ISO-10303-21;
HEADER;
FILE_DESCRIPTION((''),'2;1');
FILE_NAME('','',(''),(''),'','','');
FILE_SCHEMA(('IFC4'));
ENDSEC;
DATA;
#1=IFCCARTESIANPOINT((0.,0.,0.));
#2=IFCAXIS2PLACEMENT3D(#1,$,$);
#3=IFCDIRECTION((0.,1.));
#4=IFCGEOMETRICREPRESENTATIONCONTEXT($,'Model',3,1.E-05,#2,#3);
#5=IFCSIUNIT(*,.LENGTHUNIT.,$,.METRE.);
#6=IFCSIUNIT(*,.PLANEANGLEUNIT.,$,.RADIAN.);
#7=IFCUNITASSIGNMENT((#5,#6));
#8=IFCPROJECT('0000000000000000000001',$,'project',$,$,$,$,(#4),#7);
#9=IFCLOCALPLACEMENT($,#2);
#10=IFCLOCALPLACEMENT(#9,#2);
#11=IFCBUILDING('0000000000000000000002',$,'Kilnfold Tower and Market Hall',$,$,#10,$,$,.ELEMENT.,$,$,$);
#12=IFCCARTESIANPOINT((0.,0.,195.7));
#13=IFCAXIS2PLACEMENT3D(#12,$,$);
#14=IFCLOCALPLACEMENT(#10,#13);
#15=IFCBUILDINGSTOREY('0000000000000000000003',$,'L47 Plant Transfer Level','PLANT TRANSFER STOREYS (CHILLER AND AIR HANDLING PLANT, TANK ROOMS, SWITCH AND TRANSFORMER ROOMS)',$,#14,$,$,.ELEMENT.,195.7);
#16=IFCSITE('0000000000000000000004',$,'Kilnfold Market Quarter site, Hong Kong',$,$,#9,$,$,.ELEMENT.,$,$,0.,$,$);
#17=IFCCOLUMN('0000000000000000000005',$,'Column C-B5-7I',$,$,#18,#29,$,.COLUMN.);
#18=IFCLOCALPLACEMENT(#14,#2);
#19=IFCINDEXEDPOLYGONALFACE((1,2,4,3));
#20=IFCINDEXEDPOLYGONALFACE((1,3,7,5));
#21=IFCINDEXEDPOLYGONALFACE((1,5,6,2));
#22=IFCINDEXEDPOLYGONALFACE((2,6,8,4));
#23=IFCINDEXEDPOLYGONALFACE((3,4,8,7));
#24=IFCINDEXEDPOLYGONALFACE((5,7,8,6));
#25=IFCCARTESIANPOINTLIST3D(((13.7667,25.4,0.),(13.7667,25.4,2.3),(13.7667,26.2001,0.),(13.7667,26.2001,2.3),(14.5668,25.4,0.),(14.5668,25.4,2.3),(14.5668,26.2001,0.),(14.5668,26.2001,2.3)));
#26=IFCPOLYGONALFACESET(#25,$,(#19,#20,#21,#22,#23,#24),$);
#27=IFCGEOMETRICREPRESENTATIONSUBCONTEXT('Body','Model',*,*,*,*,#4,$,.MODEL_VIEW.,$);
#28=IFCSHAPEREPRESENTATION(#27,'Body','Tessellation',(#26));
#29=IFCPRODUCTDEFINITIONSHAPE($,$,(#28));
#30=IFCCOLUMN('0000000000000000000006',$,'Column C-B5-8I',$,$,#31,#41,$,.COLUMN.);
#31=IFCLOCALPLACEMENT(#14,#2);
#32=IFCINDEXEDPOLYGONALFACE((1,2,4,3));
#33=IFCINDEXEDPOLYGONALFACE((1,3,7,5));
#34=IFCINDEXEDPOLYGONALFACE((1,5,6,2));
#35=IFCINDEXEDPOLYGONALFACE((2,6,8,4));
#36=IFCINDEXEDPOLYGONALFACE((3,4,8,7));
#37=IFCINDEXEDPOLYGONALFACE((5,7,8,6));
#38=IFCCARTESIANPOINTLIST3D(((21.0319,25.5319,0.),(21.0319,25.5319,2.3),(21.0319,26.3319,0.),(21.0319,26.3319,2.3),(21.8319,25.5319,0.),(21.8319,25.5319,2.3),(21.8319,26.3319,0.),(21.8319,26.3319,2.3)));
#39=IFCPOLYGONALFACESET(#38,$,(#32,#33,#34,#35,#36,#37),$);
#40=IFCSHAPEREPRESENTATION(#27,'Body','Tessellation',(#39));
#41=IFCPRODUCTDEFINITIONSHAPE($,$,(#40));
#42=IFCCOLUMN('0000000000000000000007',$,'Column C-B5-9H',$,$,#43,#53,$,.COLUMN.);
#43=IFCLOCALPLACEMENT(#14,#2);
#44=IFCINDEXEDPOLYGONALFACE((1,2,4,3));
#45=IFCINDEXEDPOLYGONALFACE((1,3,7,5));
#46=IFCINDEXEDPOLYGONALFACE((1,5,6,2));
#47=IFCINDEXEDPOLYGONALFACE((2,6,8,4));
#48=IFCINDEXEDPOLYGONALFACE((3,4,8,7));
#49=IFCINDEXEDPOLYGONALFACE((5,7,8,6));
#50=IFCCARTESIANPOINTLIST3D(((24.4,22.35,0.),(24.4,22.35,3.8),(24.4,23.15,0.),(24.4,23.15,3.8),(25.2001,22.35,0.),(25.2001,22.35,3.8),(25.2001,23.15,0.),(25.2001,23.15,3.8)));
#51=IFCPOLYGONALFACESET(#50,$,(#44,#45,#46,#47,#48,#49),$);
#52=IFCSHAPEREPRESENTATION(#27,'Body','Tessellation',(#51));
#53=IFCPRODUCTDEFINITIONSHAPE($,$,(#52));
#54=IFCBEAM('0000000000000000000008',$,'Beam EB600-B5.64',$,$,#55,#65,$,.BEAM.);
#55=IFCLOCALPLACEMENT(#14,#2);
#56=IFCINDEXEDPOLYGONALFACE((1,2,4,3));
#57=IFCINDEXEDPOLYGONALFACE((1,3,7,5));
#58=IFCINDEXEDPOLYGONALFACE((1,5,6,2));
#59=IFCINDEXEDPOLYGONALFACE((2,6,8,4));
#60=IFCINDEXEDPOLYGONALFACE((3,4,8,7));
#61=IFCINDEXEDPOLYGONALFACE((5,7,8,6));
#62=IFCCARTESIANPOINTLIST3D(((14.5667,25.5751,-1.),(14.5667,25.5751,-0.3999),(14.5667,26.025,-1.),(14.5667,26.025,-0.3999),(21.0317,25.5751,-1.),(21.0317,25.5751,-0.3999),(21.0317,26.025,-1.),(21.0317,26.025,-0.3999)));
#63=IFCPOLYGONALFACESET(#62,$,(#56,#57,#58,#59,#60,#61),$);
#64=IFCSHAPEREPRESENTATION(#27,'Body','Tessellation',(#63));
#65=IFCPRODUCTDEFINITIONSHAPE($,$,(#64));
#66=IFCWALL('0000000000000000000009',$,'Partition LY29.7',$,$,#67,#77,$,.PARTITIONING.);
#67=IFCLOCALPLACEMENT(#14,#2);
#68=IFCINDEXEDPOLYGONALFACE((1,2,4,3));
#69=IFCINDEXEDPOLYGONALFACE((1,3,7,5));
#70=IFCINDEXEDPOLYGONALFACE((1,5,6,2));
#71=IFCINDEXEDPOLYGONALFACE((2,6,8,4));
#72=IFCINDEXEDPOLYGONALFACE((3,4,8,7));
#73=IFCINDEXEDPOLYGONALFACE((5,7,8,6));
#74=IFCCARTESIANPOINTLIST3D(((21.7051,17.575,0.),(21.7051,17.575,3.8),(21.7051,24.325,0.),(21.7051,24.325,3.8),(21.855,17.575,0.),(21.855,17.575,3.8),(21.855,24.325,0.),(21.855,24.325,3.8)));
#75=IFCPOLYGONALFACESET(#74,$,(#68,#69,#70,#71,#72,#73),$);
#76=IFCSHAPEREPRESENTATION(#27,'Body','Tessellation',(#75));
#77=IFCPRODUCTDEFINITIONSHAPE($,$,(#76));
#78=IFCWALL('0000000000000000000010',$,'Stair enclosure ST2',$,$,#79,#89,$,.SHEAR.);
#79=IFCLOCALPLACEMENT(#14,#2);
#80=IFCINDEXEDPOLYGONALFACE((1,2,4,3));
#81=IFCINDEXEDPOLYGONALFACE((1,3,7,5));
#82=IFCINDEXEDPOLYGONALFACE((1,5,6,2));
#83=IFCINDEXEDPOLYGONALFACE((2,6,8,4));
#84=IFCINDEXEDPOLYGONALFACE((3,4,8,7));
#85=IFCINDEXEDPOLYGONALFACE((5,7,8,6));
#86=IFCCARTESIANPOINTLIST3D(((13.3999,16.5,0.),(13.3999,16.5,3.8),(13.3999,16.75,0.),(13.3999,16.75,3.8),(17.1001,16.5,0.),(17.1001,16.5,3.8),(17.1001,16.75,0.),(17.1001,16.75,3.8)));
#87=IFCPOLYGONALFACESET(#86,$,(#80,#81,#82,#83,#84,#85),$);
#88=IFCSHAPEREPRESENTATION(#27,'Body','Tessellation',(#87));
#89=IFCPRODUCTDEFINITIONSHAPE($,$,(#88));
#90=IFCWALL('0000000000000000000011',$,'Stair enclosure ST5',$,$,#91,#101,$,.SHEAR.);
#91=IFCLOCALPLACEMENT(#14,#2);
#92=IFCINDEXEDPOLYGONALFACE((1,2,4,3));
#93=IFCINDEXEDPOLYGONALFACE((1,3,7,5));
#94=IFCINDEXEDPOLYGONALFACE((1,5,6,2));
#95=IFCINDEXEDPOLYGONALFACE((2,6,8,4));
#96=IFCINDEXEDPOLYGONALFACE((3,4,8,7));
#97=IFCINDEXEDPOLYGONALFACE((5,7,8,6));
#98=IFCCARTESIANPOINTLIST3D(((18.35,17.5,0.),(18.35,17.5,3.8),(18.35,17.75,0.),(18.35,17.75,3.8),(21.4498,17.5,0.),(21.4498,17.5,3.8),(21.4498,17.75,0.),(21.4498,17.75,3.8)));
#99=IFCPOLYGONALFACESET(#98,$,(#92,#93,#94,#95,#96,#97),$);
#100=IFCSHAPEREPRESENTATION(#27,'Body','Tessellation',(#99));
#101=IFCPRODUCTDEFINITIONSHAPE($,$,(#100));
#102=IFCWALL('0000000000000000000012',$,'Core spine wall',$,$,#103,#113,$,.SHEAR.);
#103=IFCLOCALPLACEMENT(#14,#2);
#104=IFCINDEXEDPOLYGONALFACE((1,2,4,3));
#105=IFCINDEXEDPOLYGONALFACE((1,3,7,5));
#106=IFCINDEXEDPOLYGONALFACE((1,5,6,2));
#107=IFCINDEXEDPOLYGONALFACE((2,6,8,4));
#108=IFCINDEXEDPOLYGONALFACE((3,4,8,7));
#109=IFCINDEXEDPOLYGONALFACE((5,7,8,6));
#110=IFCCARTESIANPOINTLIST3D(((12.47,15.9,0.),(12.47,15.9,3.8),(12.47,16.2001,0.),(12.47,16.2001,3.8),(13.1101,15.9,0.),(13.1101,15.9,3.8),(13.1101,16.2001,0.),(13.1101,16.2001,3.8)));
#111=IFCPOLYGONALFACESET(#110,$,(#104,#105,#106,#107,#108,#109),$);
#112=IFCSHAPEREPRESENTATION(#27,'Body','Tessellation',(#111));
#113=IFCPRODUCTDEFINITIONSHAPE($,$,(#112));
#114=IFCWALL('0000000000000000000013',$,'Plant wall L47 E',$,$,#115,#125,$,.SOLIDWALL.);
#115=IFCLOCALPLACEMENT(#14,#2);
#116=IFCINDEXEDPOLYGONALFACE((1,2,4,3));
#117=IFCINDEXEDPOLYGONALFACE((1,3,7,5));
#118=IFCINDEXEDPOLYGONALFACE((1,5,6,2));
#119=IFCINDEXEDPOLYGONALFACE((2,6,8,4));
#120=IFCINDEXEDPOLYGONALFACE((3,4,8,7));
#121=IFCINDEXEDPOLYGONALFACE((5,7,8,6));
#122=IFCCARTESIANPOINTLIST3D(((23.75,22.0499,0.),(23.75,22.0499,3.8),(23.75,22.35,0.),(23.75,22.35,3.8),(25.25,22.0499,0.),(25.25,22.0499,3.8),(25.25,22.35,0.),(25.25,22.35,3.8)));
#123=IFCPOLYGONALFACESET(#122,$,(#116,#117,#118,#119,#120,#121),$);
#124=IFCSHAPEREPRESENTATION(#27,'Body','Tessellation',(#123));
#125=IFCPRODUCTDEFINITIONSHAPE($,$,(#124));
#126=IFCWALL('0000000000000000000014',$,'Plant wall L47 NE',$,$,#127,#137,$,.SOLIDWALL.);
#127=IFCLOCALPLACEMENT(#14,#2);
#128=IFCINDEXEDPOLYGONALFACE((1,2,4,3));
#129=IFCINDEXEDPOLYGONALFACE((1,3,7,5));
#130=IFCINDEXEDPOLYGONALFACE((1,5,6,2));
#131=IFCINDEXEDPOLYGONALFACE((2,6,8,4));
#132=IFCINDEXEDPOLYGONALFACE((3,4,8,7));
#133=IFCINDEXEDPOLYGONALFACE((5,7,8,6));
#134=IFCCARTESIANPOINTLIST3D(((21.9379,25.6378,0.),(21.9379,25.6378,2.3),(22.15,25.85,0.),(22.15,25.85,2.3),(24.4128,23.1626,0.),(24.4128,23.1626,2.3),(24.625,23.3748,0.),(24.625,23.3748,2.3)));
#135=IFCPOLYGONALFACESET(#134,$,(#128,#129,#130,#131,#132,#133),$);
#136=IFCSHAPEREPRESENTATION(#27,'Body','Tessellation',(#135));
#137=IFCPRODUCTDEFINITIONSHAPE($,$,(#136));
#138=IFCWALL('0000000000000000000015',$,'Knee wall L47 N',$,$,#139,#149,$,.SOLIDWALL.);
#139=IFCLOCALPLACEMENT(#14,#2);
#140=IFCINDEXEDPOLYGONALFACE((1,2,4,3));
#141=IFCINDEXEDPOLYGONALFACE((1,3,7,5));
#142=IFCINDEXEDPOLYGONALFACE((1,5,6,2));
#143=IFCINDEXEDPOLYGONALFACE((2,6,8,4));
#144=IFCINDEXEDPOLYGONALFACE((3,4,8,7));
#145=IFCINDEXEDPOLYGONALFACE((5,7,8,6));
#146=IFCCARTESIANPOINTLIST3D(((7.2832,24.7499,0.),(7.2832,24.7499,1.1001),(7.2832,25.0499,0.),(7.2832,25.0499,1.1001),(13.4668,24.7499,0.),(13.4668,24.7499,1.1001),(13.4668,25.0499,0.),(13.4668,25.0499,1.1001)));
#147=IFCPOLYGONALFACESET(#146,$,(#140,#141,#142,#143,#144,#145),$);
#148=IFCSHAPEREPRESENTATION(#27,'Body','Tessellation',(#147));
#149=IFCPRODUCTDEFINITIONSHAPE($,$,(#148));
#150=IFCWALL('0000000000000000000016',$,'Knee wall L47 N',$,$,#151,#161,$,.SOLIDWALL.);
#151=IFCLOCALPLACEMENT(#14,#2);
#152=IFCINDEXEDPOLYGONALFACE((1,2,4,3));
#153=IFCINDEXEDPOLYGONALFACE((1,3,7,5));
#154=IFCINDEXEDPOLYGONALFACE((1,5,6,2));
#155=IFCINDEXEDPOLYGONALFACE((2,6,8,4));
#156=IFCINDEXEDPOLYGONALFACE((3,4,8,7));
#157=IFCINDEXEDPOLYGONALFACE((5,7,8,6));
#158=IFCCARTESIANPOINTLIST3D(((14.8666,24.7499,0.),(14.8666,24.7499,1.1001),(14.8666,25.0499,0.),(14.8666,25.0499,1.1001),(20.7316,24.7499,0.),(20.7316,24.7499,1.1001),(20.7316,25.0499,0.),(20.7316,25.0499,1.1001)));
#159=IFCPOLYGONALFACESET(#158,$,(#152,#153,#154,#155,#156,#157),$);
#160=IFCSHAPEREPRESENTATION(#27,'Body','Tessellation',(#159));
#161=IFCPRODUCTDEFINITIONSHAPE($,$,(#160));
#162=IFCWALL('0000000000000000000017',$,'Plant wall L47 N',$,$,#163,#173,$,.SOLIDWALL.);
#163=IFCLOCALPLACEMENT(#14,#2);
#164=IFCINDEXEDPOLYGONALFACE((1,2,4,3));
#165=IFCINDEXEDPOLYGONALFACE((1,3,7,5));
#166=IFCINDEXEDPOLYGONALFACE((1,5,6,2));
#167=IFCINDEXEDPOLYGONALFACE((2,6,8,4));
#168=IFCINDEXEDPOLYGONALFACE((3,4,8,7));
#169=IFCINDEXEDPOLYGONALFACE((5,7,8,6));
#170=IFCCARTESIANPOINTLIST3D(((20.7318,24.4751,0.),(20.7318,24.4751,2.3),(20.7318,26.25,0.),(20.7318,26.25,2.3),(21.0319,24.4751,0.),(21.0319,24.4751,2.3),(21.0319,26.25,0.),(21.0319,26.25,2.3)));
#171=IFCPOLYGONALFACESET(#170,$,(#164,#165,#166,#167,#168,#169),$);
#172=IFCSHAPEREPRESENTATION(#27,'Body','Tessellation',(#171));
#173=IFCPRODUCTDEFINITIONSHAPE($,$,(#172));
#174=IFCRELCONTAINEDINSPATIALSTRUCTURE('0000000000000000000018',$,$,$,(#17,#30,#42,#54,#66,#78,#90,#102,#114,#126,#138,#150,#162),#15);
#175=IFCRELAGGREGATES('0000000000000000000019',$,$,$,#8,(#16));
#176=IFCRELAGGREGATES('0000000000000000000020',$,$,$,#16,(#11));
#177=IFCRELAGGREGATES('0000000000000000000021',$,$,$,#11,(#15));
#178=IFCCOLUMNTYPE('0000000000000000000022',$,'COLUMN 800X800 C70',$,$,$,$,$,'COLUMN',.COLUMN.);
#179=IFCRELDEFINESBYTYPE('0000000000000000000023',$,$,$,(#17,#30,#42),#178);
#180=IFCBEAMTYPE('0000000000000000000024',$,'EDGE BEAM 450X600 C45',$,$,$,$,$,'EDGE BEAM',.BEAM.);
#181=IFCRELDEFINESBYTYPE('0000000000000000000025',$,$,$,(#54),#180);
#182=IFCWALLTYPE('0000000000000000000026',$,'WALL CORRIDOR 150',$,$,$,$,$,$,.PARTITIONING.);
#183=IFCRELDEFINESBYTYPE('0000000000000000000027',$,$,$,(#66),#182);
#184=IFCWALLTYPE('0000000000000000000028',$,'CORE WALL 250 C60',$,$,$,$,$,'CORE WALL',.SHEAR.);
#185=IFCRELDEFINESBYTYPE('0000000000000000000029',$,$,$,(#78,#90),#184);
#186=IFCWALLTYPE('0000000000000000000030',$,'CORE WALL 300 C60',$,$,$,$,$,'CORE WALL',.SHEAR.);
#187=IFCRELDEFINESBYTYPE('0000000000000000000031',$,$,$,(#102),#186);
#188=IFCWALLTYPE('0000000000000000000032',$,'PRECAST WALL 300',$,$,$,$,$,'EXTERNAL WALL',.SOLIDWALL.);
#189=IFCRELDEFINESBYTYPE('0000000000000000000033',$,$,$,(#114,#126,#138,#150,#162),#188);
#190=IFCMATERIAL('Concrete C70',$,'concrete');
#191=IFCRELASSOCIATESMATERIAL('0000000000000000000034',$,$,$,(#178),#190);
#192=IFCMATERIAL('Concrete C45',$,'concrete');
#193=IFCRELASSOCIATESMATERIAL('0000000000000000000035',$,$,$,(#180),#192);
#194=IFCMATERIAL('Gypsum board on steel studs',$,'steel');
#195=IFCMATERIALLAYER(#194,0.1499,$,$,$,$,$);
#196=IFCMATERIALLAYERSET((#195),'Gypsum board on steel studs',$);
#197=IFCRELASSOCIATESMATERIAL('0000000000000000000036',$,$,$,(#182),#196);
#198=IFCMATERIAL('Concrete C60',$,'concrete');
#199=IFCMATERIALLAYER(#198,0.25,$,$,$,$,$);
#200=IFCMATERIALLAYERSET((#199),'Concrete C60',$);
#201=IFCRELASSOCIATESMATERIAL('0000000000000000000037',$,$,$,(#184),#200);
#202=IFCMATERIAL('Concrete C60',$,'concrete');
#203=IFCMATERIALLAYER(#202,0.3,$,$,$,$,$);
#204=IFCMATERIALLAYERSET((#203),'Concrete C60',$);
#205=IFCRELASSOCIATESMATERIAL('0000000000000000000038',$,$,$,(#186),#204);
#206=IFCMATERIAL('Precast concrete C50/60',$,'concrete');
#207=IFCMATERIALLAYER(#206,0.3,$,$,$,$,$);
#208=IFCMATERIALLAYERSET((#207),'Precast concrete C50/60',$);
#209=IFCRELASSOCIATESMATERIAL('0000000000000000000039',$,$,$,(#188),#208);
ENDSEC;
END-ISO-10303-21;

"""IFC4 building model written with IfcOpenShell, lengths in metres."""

from ifc_helpers import new_model, si_unit, direction, frame, frame_2d, origin, origin_2d, place, context, subcontext, project, spatial, rectangle, extrude, source, transform, mapped, material, layer, layer_set, material_profile, profile_set, type_object, element, save


model = new_model("IFC4")

# Units and contexts
model_context = context("Model", 3, precision=1e-05, world=origin(), true_north=direction((0.0, 1.0)))
body_context = subcontext(model_context, "Body", "Model", "MODEL_VIEW")
ifc_project = project(units=[si_unit("LENGTHUNIT", "METRE"), si_unit("PLANEANGLEUNIT", "RADIAN")], contexts=[model_context])

# Site, building, storey
site_placement = place(None, origin())
site = spatial("IfcSite", under=ifc_project, at=site_placement, Name="Kilnfold Market Quarter site, Hong Kong", CompositionType="ELEMENT", RefElevation=0.0)
building_placement = place(site_placement, origin())
building = spatial("IfcBuilding", under=site, at=building_placement, Name="Kilnfold Tower and Market Hall", CompositionType="ELEMENT")
storey_placement = place(building_placement, frame((0.0, 0.0, 195.7)))
storey = spatial("IfcBuildingStorey", under=building, at=storey_placement, Name="L47 Plant Transfer Level", Description="PLANT TRANSFER STOREYS (CHILLER AND AIR HANDLING PLANT, TANK ROOMS, SWITCH AND TRANSFORMER ROOMS)", CompositionType="ELEMENT", Elevation=195.7)

# Columns
ifc_material_1 = material(Name="Concrete C70", Category="concrete")
ifc_material_profile_1 = material_profile(ifc_material_1, rectangle(XDim=0.8, YDim=0.8, at=origin_2d()), Name="RC 800x800")
ifc_profile_set_1 = profile_set([ifc_material_profile_1], Name="Concrete C70")
column_type = type_object("IfcColumnType", Name="COLUMN 800X800 C70", ElementType="COLUMN", PredefinedType="COLUMN", material=ifc_profile_set_1)
shared_shape_1 = source(origin(), body_context, "Body", "SweptSolid", [
    extrude(rectangle(XDim=0.8, YDim=0.8, at=origin_2d()), origin(), (0.0, 0.0, 1.0), 2.3),
])
for number, where, z_axis, x_axis, name in (
    (1, (14.1667, 25.8, 0.0), (0.0, 0.0, 1.0), (1.0, 0.0, 0.0), "Column C-B5-7I"),
    (2, (21.4319, 25.9319, 0.0), (0.0, 0.0, 1.0), (1.0, 0.0, 0.0), "Column C-B5-8I"),
):
    element("IfcColumn", number, at=place(storey_placement, frame(where, z_axis=z_axis, x_axis=x_axis)), inside=storey, type_object=column_type, Name=name, PredefinedType="COLUMN", context=body_context, shape_type="MappedRepresentation", body=[
        mapped(shared_shape_1, transform((0.0, 0.0, 0.0))),
    ])
shared_shape_2 = source(origin(), body_context, "Body", "SweptSolid", [
    extrude(rectangle(XDim=0.8, YDim=0.8, at=origin_2d()), origin(), (0.0, 0.0, 1.0), 3.8),
])
column_placement = place(storey_placement, frame((24.8, 22.75, 0.0), z_axis=(0.0, 0.0, 1.0), x_axis=(1.0, 0.0, 0.0)))
element("IfcColumn", 3, at=column_placement, inside=storey, type_object=column_type, Name="Column C-B5-9H", PredefinedType="COLUMN", context=body_context, shape_type="MappedRepresentation", body=[
    mapped(shared_shape_2, transform((0.0, 0.0, 0.0))),
])

# Beam
ifc_material_2 = material(Name="Concrete C45", Category="concrete")
ifc_material_profile_2 = material_profile(ifc_material_2, rectangle(XDim=0.45, YDim=0.6001, at=origin_2d()), Name="RC 450x600")
ifc_profile_set_2 = profile_set([ifc_material_profile_2], Name="Concrete C45")
beam_type = type_object("IfcBeamType", Name="EDGE BEAM 450X600 C45", ElementType="EDGE BEAM", PredefinedType="BEAM", material=ifc_profile_set_2)
shared_shape_3 = source(origin(), body_context, "Body", "SweptSolid", [
    extrude(rectangle(XDim=0.45, YDim=0.6001, at=origin_2d()), origin(), (0.0, 0.0, 1.0), 6.4651),
])
beam_placement = place(storey_placement, frame((14.5667, 25.8, -0.7), z_axis=(1.0, 0.0, 0.0), x_axis=(0.0, 1.0, 0.0)))
element("IfcBeam", 4, at=beam_placement, inside=storey, type_object=beam_type, Name="Beam EB600-B5.64", PredefinedType="BEAM", context=body_context, shape_type="MappedRepresentation", body=[
    mapped(shared_shape_3, transform((0.0, 0.0, 0.0))),
])

# Walls
ifc_material_3 = material(Name="Gypsum board on steel studs", Category="steel")
ifc_layer_1 = layer(ifc_material_3, 0.1499)
ifc_layer_set_1 = layer_set([ifc_layer_1], Name="Gypsum board on steel studs")
wall_type_1 = type_object("IfcWallType", Name="WALL CORRIDOR 150", PredefinedType="PARTITIONING", material=ifc_layer_set_1)
wall_1_placement = place(storey_placement, frame((21.78, 17.575, 0.0), z_axis=(0.0, 0.0, 1.0), x_axis=(0.0, 1.0, 0.0)))
element("IfcWall", 5, at=wall_1_placement, inside=storey, type_object=wall_type_1, Name="Partition LY29.7", PredefinedType="PARTITIONING", context=body_context, shape_type="SweptSolid", body=[
    extrude(rectangle(XDim=6.75, YDim=0.1499, at=frame_2d((3.375, 0.0))), origin(), (0.0, 0.0, 1.0), 3.8),
])
ifc_material_4 = material(Name="Concrete C60", Category="concrete")
ifc_layer_2 = layer(ifc_material_4, 0.25)
ifc_layer_set_2 = layer_set([ifc_layer_2], Name="Concrete C60")
wall_type_2 = type_object("IfcWallType", Name="CORE WALL 250 C60", ElementType="CORE WALL", PredefinedType="SHEAR", material=ifc_layer_set_2)
shared_shape_4 = source(origin(), body_context, "Body", "SweptSolid", [
    extrude(rectangle(XDim=3.7002, YDim=0.25, at=frame_2d((1.8501, 0.0))), origin(), (0.0, 0.0, 1.0), 3.8),
])
wall_2_placement = place(storey_placement, frame((13.3999, 16.625, 0.0), z_axis=(0.0, 0.0, 1.0), x_axis=(1.0, 0.0, 0.0)))
element("IfcWall", 6, at=wall_2_placement, inside=storey, type_object=wall_type_2, Name="Stair enclosure ST2", PredefinedType="SHEAR", context=body_context, shape_type="MappedRepresentation", body=[
    mapped(shared_shape_4, transform((0.0, 0.0, 0.0))),
])
shared_shape_5 = source(origin(), body_context, "Body", "SweptSolid", [
    extrude(rectangle(XDim=3.0999, YDim=0.25, at=frame_2d((1.5498, 0.0))), origin(), (0.0, 0.0, 1.0), 3.8),
])
wall_3_placement = place(storey_placement, frame((18.3501, 17.625, 0.0), z_axis=(0.0, 0.0, 1.0), x_axis=(1.0, 0.0, 0.0)))
element("IfcWall", 7, at=wall_3_placement, inside=storey, type_object=wall_type_2, Name="Stair enclosure ST5", PredefinedType="SHEAR", context=body_context, shape_type="MappedRepresentation", body=[
    mapped(shared_shape_5, transform((0.0, 0.0, 0.0))),
])
ifc_material_5 = material(Name="Concrete C60", Category="concrete")
ifc_layer_3 = layer(ifc_material_5, 0.3)
ifc_layer_set_3 = layer_set([ifc_layer_3], Name="Concrete C60")
wall_type_3 = type_object("IfcWallType", Name="CORE WALL 300 C60", ElementType="CORE WALL", PredefinedType="SHEAR", material=ifc_layer_set_3)
shared_shape_6 = source(origin(), body_context, "Body", "SweptSolid", [
    extrude(rectangle(XDim=0.6401, YDim=0.3, at=frame_2d((0.3201, 0.0))), origin(), (0.0, 0.0, 1.0), 3.8),
])
wall_4_placement = place(storey_placement, frame((12.47, 16.05, 0.0), z_axis=(0.0, 0.0, 1.0), x_axis=(1.0, 0.0, 0.0)))
element("IfcWall", 8, at=wall_4_placement, inside=storey, type_object=wall_type_3, Name="Core spine wall", PredefinedType="SHEAR", context=body_context, shape_type="MappedRepresentation", body=[
    mapped(shared_shape_6, transform((0.0, 0.0, 0.0))),
])
ifc_material_6 = material(Name="Precast concrete C50/60", Category="concrete")
ifc_layer_4 = layer(ifc_material_6, 0.3)
ifc_layer_set_4 = layer_set([ifc_layer_4], Name="Precast concrete C50/60")
wall_type_4 = type_object("IfcWallType", Name="PRECAST WALL 300", ElementType="EXTERNAL WALL", PredefinedType="SOLIDWALL", material=ifc_layer_set_4)
shared_shape_7 = source(origin(), body_context, "Body", "SweptSolid", [
    extrude(rectangle(XDim=1.5, YDim=0.3, at=frame_2d((0.75, 0.0))), origin(), (0.0, 0.0, 1.0), 3.8),
])
wall_5_placement = place(storey_placement, frame((25.25, 22.2, 0.0), z_axis=(0.0, 0.0, 1.0), x_axis=(-1.0, 0.0, 0.0)))
element("IfcWall", 9, at=wall_5_placement, inside=storey, type_object=wall_type_4, Name="Plant wall L47 E", PredefinedType="SOLIDWALL", context=body_context, shape_type="MappedRepresentation", body=[
    mapped(shared_shape_7, transform((0.0, 0.0, 0.0))),
])
shared_shape_8 = source(origin(), body_context, "Body", "SweptSolid", [
    extrude(rectangle(XDim=3.5002, YDim=0.3, at=frame_2d((1.75, 0.0))), origin(), (0.0, 0.0, 1.0), 2.3),
])
wall_6_placement = place(storey_placement, frame((24.5188, 23.2688, 0.0), z_axis=(0.0, 0.0, 1.0), x_axis=(-0.707072, 0.707142, 0.0)))
element("IfcWall", 10, at=wall_6_placement, inside=storey, type_object=wall_type_4, Name="Plant wall L47 NE", PredefinedType="SOLIDWALL", context=body_context, shape_type="MappedRepresentation", body=[
    mapped(shared_shape_8, transform((0.0, 0.0, 0.0))),
])
shared_shape_9 = source(origin(), body_context, "Body", "SweptSolid", [
    extrude(rectangle(XDim=6.1836, YDim=0.3, at=frame_2d((3.0918, 0.0))), origin(), (0.0, 0.0, 1.0), 1.1001),
])
wall_7_placement = place(storey_placement, frame((13.4668, 24.8999, 0.0), z_axis=(0.0, 0.0, 1.0), x_axis=(-1.0, 0.0, 0.0)))
element("IfcWall", 11, at=wall_7_placement, inside=storey, type_object=wall_type_4, Name="Knee wall L47 N", PredefinedType="SOLIDWALL", context=body_context, shape_type="MappedRepresentation", body=[
    mapped(shared_shape_9, transform((0.0, 0.0, 0.0))),
])
shared_shape_10 = source(origin(), body_context, "Body", "SweptSolid", [
    extrude(rectangle(XDim=5.865, YDim=0.3, at=frame_2d((2.9326, 0.0))), origin(), (0.0, 0.0, 1.0), 1.1001),
])
wall_8_placement = place(storey_placement, frame((20.7317, 24.8999, 0.0), z_axis=(0.0, 0.0, 1.0), x_axis=(-1.0, 0.0, 0.0)))
element("IfcWall", 12, at=wall_8_placement, inside=storey, type_object=wall_type_4, Name="Knee wall L47 N", PredefinedType="SOLIDWALL", context=body_context, shape_type="MappedRepresentation", body=[
    mapped(shared_shape_10, transform((0.0, 0.0, 0.0))),
])
shared_shape_11 = source(origin(), body_context, "Body", "SweptSolid", [
    extrude(rectangle(XDim=1.7749, YDim=0.3, at=frame_2d((0.8875, 0.0))), origin(), (0.0, 0.0, 1.0), 2.3),
])
for number, where, z_axis, x_axis, name in (
    (13, (20.8818, 26.25, 0.0), (0.0, 0.0, 1.0), (0.0, -1.0, 0.0), "Plant wall L47 N"),
):
    element("IfcWall", number, at=place(storey_placement, frame(where, z_axis=z_axis, x_axis=x_axis)), inside=storey, type_object=wall_type_4, Name=name, PredefinedType="SOLIDWALL", context=body_context, shape_type="MappedRepresentation", body=[
        mapped(shared_shape_11, transform((0.0, 0.0, 0.0))),
    ])

save(model, "model.ifc")
